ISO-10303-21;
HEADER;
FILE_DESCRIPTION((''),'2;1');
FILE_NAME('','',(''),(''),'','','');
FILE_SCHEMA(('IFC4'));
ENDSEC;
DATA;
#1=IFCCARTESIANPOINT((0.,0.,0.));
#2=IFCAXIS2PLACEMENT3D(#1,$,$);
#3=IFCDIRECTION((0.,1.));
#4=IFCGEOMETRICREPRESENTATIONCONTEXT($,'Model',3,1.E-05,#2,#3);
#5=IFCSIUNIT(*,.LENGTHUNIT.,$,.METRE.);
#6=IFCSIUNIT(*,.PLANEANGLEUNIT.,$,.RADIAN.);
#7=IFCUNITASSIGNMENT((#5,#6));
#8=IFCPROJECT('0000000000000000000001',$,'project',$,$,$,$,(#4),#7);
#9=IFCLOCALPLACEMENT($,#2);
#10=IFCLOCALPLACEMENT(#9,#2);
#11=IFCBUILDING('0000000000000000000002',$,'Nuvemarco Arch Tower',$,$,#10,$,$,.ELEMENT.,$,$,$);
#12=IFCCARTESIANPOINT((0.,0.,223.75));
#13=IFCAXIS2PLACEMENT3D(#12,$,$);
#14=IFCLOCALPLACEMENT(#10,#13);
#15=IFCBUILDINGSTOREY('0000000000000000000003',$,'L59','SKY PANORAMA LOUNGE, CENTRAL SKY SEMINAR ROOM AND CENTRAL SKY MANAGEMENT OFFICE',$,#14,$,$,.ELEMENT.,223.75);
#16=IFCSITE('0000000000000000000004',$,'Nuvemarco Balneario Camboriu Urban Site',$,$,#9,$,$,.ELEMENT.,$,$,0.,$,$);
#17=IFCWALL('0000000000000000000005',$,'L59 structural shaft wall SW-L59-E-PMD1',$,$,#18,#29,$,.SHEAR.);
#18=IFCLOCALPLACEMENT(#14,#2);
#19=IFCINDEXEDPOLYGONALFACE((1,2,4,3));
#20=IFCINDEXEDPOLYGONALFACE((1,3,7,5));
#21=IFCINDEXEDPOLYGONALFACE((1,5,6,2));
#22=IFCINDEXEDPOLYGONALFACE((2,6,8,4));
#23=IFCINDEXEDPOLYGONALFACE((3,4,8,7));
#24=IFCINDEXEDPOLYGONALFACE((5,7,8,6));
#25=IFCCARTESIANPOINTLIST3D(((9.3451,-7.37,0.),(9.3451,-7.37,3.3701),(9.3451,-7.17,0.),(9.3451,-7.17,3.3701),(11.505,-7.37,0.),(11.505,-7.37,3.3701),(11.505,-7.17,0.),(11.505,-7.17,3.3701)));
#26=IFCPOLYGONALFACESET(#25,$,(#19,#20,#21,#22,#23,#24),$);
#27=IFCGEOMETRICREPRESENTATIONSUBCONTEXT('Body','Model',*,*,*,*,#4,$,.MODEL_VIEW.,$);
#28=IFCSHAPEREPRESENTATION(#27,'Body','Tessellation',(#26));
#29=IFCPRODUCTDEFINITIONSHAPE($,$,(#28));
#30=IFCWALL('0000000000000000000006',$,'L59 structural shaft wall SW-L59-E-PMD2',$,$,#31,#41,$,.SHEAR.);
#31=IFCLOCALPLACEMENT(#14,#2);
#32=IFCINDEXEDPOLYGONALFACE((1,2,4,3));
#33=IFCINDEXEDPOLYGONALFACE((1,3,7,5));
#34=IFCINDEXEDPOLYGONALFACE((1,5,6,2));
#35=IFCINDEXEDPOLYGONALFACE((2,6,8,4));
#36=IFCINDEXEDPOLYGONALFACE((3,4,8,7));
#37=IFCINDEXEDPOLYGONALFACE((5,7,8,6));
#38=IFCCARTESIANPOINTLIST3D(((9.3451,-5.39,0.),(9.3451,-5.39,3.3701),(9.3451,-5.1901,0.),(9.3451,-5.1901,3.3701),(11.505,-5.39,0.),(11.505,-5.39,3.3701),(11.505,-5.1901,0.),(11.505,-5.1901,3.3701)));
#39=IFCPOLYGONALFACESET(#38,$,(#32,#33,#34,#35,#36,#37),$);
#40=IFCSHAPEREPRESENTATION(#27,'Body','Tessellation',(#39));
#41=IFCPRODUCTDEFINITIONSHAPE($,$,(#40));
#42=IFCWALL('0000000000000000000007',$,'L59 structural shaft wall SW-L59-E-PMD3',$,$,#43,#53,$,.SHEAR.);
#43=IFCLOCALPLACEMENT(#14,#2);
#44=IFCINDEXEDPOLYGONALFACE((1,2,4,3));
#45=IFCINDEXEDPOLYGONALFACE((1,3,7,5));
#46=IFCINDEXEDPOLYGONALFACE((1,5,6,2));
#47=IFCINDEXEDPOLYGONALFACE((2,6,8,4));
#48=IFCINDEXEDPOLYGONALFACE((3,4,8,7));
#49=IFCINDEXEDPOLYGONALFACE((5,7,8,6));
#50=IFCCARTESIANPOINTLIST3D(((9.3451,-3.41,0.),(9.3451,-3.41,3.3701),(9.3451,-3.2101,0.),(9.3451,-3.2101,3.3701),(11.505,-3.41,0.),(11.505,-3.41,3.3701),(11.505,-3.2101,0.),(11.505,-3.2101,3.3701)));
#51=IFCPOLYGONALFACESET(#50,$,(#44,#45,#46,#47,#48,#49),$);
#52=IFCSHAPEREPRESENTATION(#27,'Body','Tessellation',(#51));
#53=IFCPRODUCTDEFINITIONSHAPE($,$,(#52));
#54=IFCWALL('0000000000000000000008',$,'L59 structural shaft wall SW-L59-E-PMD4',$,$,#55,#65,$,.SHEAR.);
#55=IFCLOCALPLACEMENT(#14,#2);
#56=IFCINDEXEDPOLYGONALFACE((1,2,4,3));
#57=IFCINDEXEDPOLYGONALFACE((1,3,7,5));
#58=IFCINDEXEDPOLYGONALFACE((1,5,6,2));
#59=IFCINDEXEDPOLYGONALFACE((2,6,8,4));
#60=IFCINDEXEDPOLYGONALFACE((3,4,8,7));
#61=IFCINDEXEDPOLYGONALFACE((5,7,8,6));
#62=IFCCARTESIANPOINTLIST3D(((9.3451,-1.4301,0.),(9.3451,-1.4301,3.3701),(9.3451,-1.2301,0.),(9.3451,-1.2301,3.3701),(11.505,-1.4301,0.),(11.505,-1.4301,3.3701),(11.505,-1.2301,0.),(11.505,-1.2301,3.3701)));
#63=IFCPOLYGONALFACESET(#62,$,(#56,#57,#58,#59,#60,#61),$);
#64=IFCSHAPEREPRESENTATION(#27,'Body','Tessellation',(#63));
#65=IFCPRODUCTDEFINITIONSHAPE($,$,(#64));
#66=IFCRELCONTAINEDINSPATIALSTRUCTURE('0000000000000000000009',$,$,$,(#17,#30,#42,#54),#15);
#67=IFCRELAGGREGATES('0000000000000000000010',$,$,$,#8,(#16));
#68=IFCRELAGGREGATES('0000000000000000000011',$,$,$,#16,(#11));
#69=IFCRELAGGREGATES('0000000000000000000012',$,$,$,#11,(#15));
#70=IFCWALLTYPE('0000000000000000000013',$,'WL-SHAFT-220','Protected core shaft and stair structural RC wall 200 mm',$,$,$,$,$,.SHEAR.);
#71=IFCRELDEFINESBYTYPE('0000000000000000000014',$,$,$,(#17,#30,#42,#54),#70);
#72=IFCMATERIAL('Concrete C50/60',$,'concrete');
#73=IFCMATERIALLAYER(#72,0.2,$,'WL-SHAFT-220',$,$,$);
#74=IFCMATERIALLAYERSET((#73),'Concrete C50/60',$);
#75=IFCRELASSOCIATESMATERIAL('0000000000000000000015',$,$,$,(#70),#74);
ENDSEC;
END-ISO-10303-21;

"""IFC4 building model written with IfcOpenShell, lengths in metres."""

from ifc_helpers import new_model, si_unit, direction, frame, frame_2d, origin, place, context, subcontext, project, spatial, rectangle, extrude, material, layer, layer_set, type_object, element, save


model = new_model("IFC4")

# Units and contexts
model_context = context("Model", 3, precision=1e-05, world=origin(), true_north=direction((0.0, 1.0)))
body_context = subcontext(model_context, "Body", "Model", "MODEL_VIEW")
ifc_project = project(units=[si_unit("LENGTHUNIT", "METRE"), si_unit("PLANEANGLEUNIT", "RADIAN")], contexts=[model_context])

# Site, building, storey
site_placement = place(None, origin())
site = spatial("IfcSite", under=ifc_project, at=site_placement, Name="Nuvemarco Balneario Camboriu Urban Site", CompositionType="ELEMENT", RefElevation=0.0)
building_placement = place(site_placement, origin())
building = spatial("IfcBuilding", under=site, at=building_placement, Name="Nuvemarco Arch Tower", CompositionType="ELEMENT")
storey_placement = place(building_placement, frame((0.0, 0.0, 223.75)))
storey = spatial("IfcBuildingStorey", under=building, at=storey_placement, Name="L59", Description="SKY PANORAMA LOUNGE, CENTRAL SKY SEMINAR ROOM AND CENTRAL SKY MANAGEMENT OFFICE", CompositionType="ELEMENT", Elevation=223.75)

# Shared definitions
ifc_material_1 = material(Name="Concrete C50/60", Category="concrete")

# Shared definitions
ifc_layer_1 = layer(ifc_material_1, 0.2, Name="WL-SHAFT-220")
ifc_layer_set_1 = layer_set([ifc_layer_1], Name="Concrete C50/60")
wall_type_1 = type_object("IfcWallType", Name="WL-SHAFT-220", Description="Protected core shaft and stair structural RC wall 200 mm", PredefinedType="SHEAR", material=ifc_layer_set_1)

# Walls
for number, where, z_axis, x_axis, name in (
    (1, (9.345, -7.27, 0.0), (0.0, 0.0, 1.0), (1.0, 0.0, 0.0), "L59 structural shaft wall SW-L59-E-PMD1"),
    (2, (9.345, -5.29, 0.0), (0.0, 0.0, 1.0), (1.0, 0.0, 0.0), "L59 structural shaft wall SW-L59-E-PMD2"),
    (3, (9.345, -3.3101, 0.0), (0.0, 0.0, 1.0), (1.0, 0.0, 0.0), "L59 structural shaft wall SW-L59-E-PMD3"),
    (4, (9.345, -1.3301, 0.0), (0.0, 0.0, 1.0), (1.0, 0.0, 0.0), "L59 structural shaft wall SW-L59-E-PMD4"),
):
    element("IfcWall", number, at=place(storey_placement, frame(where, z_axis=z_axis, x_axis=x_axis)), inside=storey, type_object=wall_type_1, Name=name, PredefinedType="SHEAR", context=body_context, shape_type="SweptSolid", body=[
        extrude(rectangle(XDim=2.1599, YDim=0.2, at=frame_2d((1.0801, 0.0))), origin(), (0.0, 0.0, 1.0), 3.3701),
    ])

save(model, "model.ifc")
